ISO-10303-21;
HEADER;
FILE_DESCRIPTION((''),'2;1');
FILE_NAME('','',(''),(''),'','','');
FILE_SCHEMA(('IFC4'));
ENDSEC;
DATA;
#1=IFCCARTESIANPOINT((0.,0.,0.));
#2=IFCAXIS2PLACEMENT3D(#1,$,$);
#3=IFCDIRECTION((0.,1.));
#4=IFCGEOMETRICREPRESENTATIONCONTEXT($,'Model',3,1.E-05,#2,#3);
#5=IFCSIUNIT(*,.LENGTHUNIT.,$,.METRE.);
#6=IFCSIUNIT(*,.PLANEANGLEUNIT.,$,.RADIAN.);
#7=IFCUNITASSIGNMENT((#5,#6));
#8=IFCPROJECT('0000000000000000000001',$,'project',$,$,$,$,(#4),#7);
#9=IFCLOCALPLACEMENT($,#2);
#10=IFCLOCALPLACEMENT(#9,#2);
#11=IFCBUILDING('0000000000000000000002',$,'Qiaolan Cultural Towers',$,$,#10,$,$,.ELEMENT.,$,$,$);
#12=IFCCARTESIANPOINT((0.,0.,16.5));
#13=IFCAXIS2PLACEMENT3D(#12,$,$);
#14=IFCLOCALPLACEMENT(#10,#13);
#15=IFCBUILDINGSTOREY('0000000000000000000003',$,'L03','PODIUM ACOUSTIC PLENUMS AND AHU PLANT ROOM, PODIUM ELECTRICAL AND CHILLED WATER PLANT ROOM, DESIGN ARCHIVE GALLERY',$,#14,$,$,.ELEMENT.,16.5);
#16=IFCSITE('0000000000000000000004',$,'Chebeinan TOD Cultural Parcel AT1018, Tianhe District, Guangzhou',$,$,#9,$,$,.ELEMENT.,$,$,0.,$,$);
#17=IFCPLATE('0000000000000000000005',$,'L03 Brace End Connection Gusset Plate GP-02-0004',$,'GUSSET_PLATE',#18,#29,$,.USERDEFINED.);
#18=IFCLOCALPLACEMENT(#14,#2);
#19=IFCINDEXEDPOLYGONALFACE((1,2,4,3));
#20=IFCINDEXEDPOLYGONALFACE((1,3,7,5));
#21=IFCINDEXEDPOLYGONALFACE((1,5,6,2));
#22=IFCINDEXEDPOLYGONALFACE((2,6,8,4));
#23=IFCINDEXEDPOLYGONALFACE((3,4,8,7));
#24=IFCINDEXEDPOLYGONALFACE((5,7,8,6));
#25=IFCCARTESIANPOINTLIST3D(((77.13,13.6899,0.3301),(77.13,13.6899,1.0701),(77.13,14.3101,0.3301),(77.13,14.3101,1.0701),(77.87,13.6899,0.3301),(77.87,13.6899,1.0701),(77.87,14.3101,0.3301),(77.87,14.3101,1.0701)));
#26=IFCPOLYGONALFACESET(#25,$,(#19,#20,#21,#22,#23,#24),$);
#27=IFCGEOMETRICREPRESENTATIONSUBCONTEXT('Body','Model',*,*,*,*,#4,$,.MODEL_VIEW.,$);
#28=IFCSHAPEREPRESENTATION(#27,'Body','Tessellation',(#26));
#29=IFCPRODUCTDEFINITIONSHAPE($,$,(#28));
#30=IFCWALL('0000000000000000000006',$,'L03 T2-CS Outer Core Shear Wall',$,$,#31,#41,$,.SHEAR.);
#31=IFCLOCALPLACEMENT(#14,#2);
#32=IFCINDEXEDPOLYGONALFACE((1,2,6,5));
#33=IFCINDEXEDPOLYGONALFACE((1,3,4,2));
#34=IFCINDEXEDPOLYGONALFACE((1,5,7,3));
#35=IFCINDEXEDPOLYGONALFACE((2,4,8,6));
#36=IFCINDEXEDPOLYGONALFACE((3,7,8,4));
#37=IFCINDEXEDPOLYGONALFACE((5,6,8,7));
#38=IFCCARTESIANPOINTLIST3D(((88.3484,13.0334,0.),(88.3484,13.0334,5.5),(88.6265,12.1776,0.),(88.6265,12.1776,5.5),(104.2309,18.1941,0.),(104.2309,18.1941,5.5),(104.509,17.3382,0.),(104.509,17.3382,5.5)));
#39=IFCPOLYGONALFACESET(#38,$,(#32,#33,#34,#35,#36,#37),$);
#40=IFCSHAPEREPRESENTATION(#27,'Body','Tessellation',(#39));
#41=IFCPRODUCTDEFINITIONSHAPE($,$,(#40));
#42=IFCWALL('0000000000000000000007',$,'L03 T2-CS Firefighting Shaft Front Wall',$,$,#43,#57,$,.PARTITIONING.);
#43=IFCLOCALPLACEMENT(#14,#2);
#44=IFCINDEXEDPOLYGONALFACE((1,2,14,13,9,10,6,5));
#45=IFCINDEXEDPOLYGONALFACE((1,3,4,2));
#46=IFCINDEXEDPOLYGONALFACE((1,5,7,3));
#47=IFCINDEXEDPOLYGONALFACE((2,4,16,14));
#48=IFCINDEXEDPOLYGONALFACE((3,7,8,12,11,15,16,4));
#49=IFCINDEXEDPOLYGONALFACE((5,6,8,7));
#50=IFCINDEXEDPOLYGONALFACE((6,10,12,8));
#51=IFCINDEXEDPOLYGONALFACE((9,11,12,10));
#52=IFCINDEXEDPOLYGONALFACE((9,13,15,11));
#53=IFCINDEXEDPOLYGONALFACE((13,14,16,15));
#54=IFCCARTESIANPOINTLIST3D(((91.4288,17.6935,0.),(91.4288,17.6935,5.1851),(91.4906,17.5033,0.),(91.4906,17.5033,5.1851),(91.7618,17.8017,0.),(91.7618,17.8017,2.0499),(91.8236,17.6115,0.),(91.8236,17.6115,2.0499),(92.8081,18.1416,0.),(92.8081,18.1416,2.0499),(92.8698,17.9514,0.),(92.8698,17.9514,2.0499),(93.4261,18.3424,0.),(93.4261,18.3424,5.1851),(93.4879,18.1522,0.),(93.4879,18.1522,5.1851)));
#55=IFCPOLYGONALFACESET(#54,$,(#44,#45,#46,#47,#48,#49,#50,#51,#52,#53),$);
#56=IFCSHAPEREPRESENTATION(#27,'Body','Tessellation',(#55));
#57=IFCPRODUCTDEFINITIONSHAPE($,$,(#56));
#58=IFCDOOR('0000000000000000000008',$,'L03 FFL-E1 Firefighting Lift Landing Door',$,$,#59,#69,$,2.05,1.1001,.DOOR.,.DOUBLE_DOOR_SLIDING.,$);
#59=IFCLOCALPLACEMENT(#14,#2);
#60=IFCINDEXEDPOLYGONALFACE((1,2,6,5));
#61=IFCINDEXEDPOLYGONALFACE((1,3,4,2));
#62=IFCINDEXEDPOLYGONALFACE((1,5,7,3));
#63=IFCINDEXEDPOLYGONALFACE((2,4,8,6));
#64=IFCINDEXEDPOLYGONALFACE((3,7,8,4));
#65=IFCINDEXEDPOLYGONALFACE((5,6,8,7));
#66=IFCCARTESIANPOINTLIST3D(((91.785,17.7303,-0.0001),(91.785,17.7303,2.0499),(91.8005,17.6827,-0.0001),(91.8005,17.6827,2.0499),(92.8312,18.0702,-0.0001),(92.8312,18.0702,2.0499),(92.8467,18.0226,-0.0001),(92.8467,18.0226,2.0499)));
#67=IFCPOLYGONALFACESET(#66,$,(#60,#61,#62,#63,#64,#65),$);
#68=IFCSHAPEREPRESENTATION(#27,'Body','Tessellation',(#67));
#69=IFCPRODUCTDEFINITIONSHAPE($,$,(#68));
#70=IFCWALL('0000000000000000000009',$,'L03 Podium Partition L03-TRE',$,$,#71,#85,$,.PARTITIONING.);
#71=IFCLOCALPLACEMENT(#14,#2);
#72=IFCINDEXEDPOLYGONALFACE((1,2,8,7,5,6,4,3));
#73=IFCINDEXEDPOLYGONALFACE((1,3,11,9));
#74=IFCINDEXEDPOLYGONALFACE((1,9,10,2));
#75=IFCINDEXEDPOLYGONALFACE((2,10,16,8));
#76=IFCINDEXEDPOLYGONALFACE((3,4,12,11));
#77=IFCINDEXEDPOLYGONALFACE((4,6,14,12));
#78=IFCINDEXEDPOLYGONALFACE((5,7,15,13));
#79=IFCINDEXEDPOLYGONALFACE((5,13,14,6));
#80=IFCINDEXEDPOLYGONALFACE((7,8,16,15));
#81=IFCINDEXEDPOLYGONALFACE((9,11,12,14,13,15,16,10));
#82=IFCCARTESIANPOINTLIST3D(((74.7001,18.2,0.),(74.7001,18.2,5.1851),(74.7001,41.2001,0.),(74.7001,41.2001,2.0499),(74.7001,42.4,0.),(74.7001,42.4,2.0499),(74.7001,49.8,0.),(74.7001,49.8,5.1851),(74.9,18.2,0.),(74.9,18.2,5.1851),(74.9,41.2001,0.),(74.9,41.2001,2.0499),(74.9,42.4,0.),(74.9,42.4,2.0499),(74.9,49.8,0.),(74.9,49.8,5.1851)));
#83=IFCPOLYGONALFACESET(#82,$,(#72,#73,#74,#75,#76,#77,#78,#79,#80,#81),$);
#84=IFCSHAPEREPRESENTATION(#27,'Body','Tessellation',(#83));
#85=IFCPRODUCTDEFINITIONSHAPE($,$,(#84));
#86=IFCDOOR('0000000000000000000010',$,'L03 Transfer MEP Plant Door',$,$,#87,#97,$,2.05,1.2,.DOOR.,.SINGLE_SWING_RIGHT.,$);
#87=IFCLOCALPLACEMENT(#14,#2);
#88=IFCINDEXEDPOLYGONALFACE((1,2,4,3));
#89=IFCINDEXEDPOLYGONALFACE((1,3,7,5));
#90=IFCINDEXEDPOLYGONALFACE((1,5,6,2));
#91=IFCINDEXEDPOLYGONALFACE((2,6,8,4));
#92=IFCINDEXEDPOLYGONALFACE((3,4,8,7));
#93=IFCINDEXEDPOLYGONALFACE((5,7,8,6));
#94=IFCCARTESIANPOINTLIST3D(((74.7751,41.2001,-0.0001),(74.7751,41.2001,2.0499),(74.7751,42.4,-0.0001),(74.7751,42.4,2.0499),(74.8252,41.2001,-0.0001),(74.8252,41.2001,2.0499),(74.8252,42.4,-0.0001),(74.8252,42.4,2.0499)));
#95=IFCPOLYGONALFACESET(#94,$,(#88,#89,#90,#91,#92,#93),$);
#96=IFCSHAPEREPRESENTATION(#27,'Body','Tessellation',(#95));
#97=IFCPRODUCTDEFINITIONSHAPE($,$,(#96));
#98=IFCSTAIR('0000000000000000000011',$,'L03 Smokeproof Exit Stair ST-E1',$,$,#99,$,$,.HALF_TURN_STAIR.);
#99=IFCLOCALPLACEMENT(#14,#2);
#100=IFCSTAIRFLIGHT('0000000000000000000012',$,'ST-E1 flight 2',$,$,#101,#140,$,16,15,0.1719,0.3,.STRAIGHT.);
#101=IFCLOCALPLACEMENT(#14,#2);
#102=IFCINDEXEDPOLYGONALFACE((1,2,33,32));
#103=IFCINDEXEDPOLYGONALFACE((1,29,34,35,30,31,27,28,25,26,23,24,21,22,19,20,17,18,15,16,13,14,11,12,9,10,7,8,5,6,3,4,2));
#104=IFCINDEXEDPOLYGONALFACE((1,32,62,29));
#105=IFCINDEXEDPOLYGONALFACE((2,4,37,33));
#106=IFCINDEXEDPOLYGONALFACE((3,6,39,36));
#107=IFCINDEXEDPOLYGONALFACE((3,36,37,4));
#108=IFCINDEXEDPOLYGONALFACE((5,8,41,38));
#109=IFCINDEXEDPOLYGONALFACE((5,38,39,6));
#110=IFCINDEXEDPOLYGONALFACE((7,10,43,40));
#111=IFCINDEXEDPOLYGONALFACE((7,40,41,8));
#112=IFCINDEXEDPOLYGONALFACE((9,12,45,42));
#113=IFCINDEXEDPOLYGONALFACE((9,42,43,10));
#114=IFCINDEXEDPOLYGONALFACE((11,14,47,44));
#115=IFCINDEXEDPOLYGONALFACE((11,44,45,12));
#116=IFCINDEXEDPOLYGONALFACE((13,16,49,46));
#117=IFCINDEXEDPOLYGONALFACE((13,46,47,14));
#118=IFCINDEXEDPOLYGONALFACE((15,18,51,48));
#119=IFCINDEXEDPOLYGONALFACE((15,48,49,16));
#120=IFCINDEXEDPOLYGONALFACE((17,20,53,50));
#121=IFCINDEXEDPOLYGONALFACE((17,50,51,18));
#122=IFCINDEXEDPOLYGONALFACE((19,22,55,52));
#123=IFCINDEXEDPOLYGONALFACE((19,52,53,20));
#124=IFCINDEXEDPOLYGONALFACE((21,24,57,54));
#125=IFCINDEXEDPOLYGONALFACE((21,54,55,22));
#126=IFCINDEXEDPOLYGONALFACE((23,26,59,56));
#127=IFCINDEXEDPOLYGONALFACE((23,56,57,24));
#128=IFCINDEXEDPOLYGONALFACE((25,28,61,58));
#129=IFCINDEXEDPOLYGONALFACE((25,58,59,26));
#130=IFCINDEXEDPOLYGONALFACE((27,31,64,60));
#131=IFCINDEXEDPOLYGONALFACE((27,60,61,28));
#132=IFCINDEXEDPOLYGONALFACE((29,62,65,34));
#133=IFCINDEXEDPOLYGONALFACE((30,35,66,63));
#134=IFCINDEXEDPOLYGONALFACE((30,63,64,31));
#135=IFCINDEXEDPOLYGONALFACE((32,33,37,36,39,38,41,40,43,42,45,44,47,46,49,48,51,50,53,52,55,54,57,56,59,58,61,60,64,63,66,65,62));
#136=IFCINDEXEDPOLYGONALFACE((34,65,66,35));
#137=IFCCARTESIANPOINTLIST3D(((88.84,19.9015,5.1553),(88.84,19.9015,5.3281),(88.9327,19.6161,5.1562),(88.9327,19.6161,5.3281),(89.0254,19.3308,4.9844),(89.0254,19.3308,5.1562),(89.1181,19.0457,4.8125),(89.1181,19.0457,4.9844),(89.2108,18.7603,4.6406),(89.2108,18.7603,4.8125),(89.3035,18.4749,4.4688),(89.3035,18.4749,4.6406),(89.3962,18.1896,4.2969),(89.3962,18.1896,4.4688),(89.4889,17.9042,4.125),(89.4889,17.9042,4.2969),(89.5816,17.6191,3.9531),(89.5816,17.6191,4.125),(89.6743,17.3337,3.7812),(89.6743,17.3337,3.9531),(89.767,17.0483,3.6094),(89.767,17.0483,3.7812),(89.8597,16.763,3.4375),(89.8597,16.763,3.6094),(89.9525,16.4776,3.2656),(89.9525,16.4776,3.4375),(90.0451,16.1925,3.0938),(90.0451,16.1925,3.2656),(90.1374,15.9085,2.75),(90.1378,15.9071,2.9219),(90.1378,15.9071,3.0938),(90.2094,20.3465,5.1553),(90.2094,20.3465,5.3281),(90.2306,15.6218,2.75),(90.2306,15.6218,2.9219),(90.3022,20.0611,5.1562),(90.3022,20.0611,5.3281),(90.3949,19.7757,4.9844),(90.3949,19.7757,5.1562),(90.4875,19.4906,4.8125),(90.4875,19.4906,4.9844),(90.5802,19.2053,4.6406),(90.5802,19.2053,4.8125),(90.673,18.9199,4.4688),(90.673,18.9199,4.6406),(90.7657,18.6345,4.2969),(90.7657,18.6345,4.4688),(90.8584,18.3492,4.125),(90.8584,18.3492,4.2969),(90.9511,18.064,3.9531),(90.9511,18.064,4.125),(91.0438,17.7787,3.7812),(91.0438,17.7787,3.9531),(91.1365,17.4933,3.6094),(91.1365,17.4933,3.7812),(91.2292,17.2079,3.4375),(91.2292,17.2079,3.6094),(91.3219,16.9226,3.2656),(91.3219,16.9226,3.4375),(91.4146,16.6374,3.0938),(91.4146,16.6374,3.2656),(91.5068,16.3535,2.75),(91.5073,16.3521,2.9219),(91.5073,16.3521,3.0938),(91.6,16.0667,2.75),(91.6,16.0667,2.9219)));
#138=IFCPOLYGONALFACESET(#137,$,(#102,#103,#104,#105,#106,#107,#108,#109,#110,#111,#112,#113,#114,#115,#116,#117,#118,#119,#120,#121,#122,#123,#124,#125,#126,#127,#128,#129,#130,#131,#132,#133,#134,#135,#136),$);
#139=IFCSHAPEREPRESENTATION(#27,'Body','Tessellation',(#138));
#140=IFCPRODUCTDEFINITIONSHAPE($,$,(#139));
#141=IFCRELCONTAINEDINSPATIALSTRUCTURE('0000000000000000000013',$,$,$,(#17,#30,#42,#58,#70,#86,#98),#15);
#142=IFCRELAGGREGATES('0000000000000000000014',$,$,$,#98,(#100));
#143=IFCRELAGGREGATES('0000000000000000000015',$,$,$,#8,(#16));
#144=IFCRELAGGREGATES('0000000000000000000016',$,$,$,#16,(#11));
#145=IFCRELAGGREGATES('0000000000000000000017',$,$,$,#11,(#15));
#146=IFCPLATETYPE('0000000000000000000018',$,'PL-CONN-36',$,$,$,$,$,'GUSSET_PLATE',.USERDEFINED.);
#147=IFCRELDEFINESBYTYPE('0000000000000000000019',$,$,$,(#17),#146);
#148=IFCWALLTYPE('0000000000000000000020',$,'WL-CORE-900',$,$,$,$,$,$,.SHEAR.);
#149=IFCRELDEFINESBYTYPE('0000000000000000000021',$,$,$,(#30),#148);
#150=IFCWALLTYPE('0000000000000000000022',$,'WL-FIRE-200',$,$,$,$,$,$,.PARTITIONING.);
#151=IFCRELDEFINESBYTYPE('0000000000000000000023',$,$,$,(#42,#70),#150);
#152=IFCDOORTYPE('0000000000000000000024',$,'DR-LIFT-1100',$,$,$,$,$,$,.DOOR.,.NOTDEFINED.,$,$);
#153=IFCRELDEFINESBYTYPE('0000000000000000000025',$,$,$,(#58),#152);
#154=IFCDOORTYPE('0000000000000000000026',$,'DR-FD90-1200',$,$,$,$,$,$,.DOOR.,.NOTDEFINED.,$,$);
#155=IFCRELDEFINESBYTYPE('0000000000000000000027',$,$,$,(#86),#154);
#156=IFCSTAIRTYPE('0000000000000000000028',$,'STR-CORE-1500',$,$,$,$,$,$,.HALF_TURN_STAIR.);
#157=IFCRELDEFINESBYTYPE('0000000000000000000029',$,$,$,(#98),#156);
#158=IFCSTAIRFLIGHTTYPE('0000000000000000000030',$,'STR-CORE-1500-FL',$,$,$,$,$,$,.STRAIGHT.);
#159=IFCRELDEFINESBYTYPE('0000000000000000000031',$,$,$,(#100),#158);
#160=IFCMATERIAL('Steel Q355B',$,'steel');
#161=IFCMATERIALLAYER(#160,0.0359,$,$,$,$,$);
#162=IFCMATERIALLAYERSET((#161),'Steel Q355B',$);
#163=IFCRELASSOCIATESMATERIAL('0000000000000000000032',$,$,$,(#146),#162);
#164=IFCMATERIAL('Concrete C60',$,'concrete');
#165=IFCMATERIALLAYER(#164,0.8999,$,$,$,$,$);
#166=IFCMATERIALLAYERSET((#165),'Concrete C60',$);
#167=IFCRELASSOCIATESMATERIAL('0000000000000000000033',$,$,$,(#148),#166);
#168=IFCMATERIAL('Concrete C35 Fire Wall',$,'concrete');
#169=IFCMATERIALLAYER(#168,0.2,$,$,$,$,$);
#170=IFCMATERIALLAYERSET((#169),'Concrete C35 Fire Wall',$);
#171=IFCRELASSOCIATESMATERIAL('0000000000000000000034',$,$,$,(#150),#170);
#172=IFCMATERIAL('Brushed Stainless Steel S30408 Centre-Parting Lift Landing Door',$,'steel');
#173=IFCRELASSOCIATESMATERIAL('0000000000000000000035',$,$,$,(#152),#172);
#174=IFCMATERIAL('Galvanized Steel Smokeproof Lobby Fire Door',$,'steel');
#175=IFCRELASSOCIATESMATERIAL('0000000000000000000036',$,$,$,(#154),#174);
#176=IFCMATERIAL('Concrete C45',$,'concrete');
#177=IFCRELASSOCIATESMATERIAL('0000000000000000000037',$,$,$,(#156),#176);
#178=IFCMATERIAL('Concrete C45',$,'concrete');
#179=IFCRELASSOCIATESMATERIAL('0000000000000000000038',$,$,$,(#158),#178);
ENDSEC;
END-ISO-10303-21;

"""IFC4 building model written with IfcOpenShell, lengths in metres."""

from ifc_helpers import new_model, si_unit, direction, frame, frame_2d, origin, origin_2d, place, context, subcontext, project, spatial, polyline, rectangle, outline, extrude, material, layer, layer_set, type_object, element, fill, aggregate, save


model = new_model("IFC4")

# Units and contexts
model_context = context("Model", 3, precision=1e-05, world=origin(), true_north=direction((0.0, 1.0)))
body_context = subcontext(model_context, "Body", "Model", "MODEL_VIEW")
ifc_project = project(units=[si_unit("LENGTHUNIT", "METRE"), si_unit("PLANEANGLEUNIT", "RADIAN")], contexts=[model_context])

# Site, building, storey
site_placement = place(None, origin())
site = spatial("IfcSite", under=ifc_project, at=site_placement, Name="Chebeinan TOD Cultural Parcel AT1018, Tianhe District, Guangzhou", CompositionType="ELEMENT", RefElevation=0.0)
building_placement = place(site_placement, origin())
building = spatial("IfcBuilding", under=site, at=building_placement, Name="Qiaolan Cultural Towers", CompositionType="ELEMENT")
storey_placement = place(building_placement, frame((0.0, 0.0, 16.5)))
storey = spatial("IfcBuildingStorey", under=building, at=storey_placement, Name="L03", Description="PODIUM ACOUSTIC PLENUMS AND AHU PLANT ROOM, PODIUM ELECTRICAL AND CHILLED WATER PLANT ROOM, DESIGN ARCHIVE GALLERY", CompositionType="ELEMENT", Elevation=16.5)

# Plate
ifc_material_1 = material(Name="Steel Q355B", Category="steel")
ifc_layer_1 = layer(ifc_material_1, 0.0359)
ifc_layer_set_1 = layer_set([ifc_layer_1], Name="Steel Q355B")
plate_type = type_object("IfcPlateType", Name="PL-CONN-36", ElementType="GUSSET_PLATE", PredefinedType="USERDEFINED", material=ifc_layer_set_1)
plate_placement = place(storey_placement, frame((77.5, 14.0, 0.3301), z_axis=(0.0, 0.0, 1.0), x_axis=(1.0, 0.0, 0.0)))
element("IfcPlate", 1, at=plate_placement, inside=storey, type_object=plate_type, Name="L03 Brace End Connection Gusset Plate GP-02-0004", ObjectType="GUSSET_PLATE", PredefinedType="USERDEFINED", context=body_context, shape_type="SweptSolid", body=[
    extrude(rectangle(XDim=0.74, YDim=0.6201, at=origin_2d()), origin(), (0.0, 0.0, 1.0), 0.74),
])

# Wall
ifc_material_2 = material(Name="Concrete C60", Category="concrete")
ifc_layer_2 = layer(ifc_material_2, 0.8999)
ifc_layer_set_2 = layer_set([ifc_layer_2], Name="Concrete C60")
wall_type_1 = type_object("IfcWallType", Name="WL-CORE-900", PredefinedType="SHEAR", material=ifc_layer_set_2)
wall_1_placement = place(storey_placement, frame((88.4873, 12.6055, 0.0), z_axis=(0.0, 0.0, 1.0), x_axis=(0.951055, 0.309022, 0.0)))
element("IfcWall", 2, at=wall_1_placement, inside=storey, type_object=wall_type_1, Name="L03 T2-CS Outer Core Shear Wall", PredefinedType="SHEAR", context=body_context, shape_type="SweptSolid", body=[
    extrude(rectangle(XDim=16.7, YDim=0.8999, at=frame_2d((8.3501, 0.0))), origin(), (0.0, 0.0, 1.0), 5.5),
])

# Walls, openings, doors
ifc_material_3 = material(Name="Concrete C35 Fire Wall", Category="concrete")
ifc_layer_3 = layer(ifc_material_3, 0.2)
ifc_layer_set_3 = layer_set([ifc_layer_3], Name="Concrete C35 Fire Wall")
wall_type_2 = type_object("IfcWallType", Name="WL-FIRE-200", PredefinedType="PARTITIONING", material=ifc_layer_set_3)
wall_2_placement = place(storey_placement, frame((91.4597, 17.5984, 0.0), z_axis=(0.0, 0.0, 1.0), x_axis=(0.951062, 0.308999, 0.0)))
wall_2 = element("IfcWall", 3, at=wall_2_placement, inside=storey, type_object=wall_type_2, Name="L03 T2-CS Firefighting Shaft Front Wall", PredefinedType="PARTITIONING", context=body_context, shape_type="SweptSolid", body=[
    extrude(rectangle(XDim=2.1001, YDim=0.2, at=frame_2d((1.05, 0.0))), origin(), (0.0, 0.0, 1.0), 5.1851),
])
opening_1_placement = place(wall_2_placement, frame((0.3501, 0.0, 0.0)))
opening_1 = element("IfcOpeningElement", 4, at=opening_1_placement, cuts=wall_2, PredefinedType="OPENING", context=body_context, shape_type="SweptSolid", body=[
    extrude(rectangle(XDim=1.1001, YDim=2.05, at=frame_2d((0.55, 1.0249))), frame((0.0, 0.1099, 0.0), z_axis=(0.0, -1.0, 0.0), x_axis=(1.0, 0.0, 0.0)), (0.0, 0.0, 1.0), 0.22),
])
ifc_material_4 = material(Name="Brushed Stainless Steel S30408 Centre-Parting Lift Landing Door", Category="steel")
door_type_1 = type_object("IfcDoorType", Name="DR-LIFT-1100", OperationType="NOTDEFINED", PredefinedType="DOOR", material=ifc_material_4)
door_1_placement = place(opening_1_placement, origin())
door_1 = element("IfcDoor", 5, at=door_1_placement, inside=storey, type_object=door_type_1, Name="L03 FFL-E1 Firefighting Lift Landing Door", OperationType="DOUBLE_DOOR_SLIDING", OverallHeight=2.05, OverallWidth=1.1001, PredefinedType="DOOR", context=body_context, shape_type="SweptSolid", body=[
    extrude(rectangle(XDim=1.1001, YDim=2.05, at=frame_2d((0.55, 1.0249))), frame((0.0, 0.0249, 0.0), z_axis=(0.0, -1.0, 0.0), x_axis=(1.0, 0.0, 0.0)), (0.0, 0.0, 1.0), 0.05),
])
fill(opening_1, door_1)
wall_3_placement = place(storey_placement, frame((74.8, 18.2, 0.0), z_axis=(0.0, 0.0, 1.0), x_axis=(0.0, 1.0, 0.0)))
wall_3 = element("IfcWall", 6, at=wall_3_placement, inside=storey, type_object=wall_type_2, Name="L03 Podium Partition L03-TRE", PredefinedType="PARTITIONING", context=body_context, shape_type="SweptSolid", body=[
    extrude(rectangle(XDim=31.6001, YDim=0.2, at=frame_2d((15.8, 0.0))), origin(), (0.0, 0.0, 1.0), 5.1851),
])
opening_2_placement = place(wall_3_placement, frame((23.0, 0.0, 0.0)))
opening_2 = element("IfcOpeningElement", 7, at=opening_2_placement, cuts=wall_3, PredefinedType="OPENING", context=body_context, shape_type="SweptSolid", body=[
    extrude(rectangle(XDim=1.2, YDim=2.05, at=frame_2d((0.6001, 1.0249))), frame((0.0, 0.1099, 0.0), z_axis=(0.0, -1.0, 0.0), x_axis=(1.0, 0.0, 0.0)), (0.0, 0.0, 1.0), 0.22),
])
ifc_material_5 = material(Name="Galvanized Steel Smokeproof Lobby Fire Door", Category="steel")
door_type_2 = type_object("IfcDoorType", Name="DR-FD90-1200", OperationType="NOTDEFINED", PredefinedType="DOOR", material=ifc_material_5)
door_2_placement = place(opening_2_placement, origin())
door_2 = element("IfcDoor", 8, at=door_2_placement, inside=storey, type_object=door_type_2, Name="L03 Transfer MEP Plant Door", OperationType="SINGLE_SWING_RIGHT", OverallHeight=2.05, OverallWidth=1.2, PredefinedType="DOOR", context=body_context, shape_type="SweptSolid", body=[
    extrude(rectangle(XDim=1.2, YDim=2.05, at=frame_2d((0.6001, 1.0249))), frame((0.0, 0.0249, 0.0), z_axis=(0.0, -1.0, 0.0), x_axis=(1.0, 0.0, 0.0)), (0.0, 0.0, 1.0), 0.05),
])
fill(opening_2, door_2)

# Stair, stair flight
ifc_material_6 = material(Name="Concrete C45", Category="concrete")
stair_type = type_object("IfcStairType", Name="STR-CORE-1500", PredefinedType="HALF_TURN_STAIR", material=ifc_material_6)
stair_placement = place(storey_placement, origin())
stair = element("IfcStair", 9, at=stair_placement, inside=storey, type_object=stair_type, Name="L03 Smokeproof Exit Stair ST-E1", PredefinedType="HALF_TURN_STAIR")
ifc_material_7 = material(Name="Concrete C45", Category="concrete")
stair_flight_type = type_object("IfcStairFlightType", Name="STR-CORE-1500-FL", PredefinedType="STRAIGHT", material=ifc_material_7)
stair_flight_placement = place(storey_placement, frame((90.9153, 15.8442, 2.75), z_axis=(0.0, 0.0, 1.0), x_axis=(-0.309017, 0.951057, 0.0)))
stair_flight = element("IfcStairFlight", 10, at=stair_flight_placement, type_object=stair_flight_type, Name="ST-E1 flight 2", NumberOfRisers=16, NumberOfTreads=15, PredefinedType="STRAIGHT", RiserHeight=0.1719, TreadLength=0.3, context=body_context, shape_type="SweptSolid", body=[
    extrude(outline(polyline([(0.0, 0.0), (0.0, 0.1719), (0.3, 0.1719), (0.3, 0.3438), (0.6001, 0.3438), (0.6001, 0.5156), (0.8999, 0.5156), (0.8999, 0.6875), (1.2, 0.6875), (1.2, 0.8594), (1.5, 0.8594), (1.5, 1.0312), (1.8, 1.0312), (1.8, 1.2031), (2.1001, 1.2031), (2.1001, 1.375), (2.3999, 1.375), (2.3999, 1.5469), (2.7, 1.5469), (2.7, 1.7188), (3.0, 1.7188), (3.0, 1.8906), (3.3, 1.8906), (3.3, 2.0625), (3.6001, 2.0625), (3.6001, 2.2344), (3.8999, 2.2344), (3.8999, 2.4062), (4.2, 2.4062), (4.2, 2.5781), (4.5, 2.5781), (4.5, 2.75), (4.5, 2.4053), (0.3015, 0.0), (0.0, 0.0)])), frame((0.0, 0.72, 0.0), z_axis=(0.0, -1.0, 0.0), x_axis=(1.0, 0.0, 0.0)), (0.0, 0.0, 1.0), 1.4399),
])
aggregate(stair, [stair_flight])

save(model, "model.ifc")
